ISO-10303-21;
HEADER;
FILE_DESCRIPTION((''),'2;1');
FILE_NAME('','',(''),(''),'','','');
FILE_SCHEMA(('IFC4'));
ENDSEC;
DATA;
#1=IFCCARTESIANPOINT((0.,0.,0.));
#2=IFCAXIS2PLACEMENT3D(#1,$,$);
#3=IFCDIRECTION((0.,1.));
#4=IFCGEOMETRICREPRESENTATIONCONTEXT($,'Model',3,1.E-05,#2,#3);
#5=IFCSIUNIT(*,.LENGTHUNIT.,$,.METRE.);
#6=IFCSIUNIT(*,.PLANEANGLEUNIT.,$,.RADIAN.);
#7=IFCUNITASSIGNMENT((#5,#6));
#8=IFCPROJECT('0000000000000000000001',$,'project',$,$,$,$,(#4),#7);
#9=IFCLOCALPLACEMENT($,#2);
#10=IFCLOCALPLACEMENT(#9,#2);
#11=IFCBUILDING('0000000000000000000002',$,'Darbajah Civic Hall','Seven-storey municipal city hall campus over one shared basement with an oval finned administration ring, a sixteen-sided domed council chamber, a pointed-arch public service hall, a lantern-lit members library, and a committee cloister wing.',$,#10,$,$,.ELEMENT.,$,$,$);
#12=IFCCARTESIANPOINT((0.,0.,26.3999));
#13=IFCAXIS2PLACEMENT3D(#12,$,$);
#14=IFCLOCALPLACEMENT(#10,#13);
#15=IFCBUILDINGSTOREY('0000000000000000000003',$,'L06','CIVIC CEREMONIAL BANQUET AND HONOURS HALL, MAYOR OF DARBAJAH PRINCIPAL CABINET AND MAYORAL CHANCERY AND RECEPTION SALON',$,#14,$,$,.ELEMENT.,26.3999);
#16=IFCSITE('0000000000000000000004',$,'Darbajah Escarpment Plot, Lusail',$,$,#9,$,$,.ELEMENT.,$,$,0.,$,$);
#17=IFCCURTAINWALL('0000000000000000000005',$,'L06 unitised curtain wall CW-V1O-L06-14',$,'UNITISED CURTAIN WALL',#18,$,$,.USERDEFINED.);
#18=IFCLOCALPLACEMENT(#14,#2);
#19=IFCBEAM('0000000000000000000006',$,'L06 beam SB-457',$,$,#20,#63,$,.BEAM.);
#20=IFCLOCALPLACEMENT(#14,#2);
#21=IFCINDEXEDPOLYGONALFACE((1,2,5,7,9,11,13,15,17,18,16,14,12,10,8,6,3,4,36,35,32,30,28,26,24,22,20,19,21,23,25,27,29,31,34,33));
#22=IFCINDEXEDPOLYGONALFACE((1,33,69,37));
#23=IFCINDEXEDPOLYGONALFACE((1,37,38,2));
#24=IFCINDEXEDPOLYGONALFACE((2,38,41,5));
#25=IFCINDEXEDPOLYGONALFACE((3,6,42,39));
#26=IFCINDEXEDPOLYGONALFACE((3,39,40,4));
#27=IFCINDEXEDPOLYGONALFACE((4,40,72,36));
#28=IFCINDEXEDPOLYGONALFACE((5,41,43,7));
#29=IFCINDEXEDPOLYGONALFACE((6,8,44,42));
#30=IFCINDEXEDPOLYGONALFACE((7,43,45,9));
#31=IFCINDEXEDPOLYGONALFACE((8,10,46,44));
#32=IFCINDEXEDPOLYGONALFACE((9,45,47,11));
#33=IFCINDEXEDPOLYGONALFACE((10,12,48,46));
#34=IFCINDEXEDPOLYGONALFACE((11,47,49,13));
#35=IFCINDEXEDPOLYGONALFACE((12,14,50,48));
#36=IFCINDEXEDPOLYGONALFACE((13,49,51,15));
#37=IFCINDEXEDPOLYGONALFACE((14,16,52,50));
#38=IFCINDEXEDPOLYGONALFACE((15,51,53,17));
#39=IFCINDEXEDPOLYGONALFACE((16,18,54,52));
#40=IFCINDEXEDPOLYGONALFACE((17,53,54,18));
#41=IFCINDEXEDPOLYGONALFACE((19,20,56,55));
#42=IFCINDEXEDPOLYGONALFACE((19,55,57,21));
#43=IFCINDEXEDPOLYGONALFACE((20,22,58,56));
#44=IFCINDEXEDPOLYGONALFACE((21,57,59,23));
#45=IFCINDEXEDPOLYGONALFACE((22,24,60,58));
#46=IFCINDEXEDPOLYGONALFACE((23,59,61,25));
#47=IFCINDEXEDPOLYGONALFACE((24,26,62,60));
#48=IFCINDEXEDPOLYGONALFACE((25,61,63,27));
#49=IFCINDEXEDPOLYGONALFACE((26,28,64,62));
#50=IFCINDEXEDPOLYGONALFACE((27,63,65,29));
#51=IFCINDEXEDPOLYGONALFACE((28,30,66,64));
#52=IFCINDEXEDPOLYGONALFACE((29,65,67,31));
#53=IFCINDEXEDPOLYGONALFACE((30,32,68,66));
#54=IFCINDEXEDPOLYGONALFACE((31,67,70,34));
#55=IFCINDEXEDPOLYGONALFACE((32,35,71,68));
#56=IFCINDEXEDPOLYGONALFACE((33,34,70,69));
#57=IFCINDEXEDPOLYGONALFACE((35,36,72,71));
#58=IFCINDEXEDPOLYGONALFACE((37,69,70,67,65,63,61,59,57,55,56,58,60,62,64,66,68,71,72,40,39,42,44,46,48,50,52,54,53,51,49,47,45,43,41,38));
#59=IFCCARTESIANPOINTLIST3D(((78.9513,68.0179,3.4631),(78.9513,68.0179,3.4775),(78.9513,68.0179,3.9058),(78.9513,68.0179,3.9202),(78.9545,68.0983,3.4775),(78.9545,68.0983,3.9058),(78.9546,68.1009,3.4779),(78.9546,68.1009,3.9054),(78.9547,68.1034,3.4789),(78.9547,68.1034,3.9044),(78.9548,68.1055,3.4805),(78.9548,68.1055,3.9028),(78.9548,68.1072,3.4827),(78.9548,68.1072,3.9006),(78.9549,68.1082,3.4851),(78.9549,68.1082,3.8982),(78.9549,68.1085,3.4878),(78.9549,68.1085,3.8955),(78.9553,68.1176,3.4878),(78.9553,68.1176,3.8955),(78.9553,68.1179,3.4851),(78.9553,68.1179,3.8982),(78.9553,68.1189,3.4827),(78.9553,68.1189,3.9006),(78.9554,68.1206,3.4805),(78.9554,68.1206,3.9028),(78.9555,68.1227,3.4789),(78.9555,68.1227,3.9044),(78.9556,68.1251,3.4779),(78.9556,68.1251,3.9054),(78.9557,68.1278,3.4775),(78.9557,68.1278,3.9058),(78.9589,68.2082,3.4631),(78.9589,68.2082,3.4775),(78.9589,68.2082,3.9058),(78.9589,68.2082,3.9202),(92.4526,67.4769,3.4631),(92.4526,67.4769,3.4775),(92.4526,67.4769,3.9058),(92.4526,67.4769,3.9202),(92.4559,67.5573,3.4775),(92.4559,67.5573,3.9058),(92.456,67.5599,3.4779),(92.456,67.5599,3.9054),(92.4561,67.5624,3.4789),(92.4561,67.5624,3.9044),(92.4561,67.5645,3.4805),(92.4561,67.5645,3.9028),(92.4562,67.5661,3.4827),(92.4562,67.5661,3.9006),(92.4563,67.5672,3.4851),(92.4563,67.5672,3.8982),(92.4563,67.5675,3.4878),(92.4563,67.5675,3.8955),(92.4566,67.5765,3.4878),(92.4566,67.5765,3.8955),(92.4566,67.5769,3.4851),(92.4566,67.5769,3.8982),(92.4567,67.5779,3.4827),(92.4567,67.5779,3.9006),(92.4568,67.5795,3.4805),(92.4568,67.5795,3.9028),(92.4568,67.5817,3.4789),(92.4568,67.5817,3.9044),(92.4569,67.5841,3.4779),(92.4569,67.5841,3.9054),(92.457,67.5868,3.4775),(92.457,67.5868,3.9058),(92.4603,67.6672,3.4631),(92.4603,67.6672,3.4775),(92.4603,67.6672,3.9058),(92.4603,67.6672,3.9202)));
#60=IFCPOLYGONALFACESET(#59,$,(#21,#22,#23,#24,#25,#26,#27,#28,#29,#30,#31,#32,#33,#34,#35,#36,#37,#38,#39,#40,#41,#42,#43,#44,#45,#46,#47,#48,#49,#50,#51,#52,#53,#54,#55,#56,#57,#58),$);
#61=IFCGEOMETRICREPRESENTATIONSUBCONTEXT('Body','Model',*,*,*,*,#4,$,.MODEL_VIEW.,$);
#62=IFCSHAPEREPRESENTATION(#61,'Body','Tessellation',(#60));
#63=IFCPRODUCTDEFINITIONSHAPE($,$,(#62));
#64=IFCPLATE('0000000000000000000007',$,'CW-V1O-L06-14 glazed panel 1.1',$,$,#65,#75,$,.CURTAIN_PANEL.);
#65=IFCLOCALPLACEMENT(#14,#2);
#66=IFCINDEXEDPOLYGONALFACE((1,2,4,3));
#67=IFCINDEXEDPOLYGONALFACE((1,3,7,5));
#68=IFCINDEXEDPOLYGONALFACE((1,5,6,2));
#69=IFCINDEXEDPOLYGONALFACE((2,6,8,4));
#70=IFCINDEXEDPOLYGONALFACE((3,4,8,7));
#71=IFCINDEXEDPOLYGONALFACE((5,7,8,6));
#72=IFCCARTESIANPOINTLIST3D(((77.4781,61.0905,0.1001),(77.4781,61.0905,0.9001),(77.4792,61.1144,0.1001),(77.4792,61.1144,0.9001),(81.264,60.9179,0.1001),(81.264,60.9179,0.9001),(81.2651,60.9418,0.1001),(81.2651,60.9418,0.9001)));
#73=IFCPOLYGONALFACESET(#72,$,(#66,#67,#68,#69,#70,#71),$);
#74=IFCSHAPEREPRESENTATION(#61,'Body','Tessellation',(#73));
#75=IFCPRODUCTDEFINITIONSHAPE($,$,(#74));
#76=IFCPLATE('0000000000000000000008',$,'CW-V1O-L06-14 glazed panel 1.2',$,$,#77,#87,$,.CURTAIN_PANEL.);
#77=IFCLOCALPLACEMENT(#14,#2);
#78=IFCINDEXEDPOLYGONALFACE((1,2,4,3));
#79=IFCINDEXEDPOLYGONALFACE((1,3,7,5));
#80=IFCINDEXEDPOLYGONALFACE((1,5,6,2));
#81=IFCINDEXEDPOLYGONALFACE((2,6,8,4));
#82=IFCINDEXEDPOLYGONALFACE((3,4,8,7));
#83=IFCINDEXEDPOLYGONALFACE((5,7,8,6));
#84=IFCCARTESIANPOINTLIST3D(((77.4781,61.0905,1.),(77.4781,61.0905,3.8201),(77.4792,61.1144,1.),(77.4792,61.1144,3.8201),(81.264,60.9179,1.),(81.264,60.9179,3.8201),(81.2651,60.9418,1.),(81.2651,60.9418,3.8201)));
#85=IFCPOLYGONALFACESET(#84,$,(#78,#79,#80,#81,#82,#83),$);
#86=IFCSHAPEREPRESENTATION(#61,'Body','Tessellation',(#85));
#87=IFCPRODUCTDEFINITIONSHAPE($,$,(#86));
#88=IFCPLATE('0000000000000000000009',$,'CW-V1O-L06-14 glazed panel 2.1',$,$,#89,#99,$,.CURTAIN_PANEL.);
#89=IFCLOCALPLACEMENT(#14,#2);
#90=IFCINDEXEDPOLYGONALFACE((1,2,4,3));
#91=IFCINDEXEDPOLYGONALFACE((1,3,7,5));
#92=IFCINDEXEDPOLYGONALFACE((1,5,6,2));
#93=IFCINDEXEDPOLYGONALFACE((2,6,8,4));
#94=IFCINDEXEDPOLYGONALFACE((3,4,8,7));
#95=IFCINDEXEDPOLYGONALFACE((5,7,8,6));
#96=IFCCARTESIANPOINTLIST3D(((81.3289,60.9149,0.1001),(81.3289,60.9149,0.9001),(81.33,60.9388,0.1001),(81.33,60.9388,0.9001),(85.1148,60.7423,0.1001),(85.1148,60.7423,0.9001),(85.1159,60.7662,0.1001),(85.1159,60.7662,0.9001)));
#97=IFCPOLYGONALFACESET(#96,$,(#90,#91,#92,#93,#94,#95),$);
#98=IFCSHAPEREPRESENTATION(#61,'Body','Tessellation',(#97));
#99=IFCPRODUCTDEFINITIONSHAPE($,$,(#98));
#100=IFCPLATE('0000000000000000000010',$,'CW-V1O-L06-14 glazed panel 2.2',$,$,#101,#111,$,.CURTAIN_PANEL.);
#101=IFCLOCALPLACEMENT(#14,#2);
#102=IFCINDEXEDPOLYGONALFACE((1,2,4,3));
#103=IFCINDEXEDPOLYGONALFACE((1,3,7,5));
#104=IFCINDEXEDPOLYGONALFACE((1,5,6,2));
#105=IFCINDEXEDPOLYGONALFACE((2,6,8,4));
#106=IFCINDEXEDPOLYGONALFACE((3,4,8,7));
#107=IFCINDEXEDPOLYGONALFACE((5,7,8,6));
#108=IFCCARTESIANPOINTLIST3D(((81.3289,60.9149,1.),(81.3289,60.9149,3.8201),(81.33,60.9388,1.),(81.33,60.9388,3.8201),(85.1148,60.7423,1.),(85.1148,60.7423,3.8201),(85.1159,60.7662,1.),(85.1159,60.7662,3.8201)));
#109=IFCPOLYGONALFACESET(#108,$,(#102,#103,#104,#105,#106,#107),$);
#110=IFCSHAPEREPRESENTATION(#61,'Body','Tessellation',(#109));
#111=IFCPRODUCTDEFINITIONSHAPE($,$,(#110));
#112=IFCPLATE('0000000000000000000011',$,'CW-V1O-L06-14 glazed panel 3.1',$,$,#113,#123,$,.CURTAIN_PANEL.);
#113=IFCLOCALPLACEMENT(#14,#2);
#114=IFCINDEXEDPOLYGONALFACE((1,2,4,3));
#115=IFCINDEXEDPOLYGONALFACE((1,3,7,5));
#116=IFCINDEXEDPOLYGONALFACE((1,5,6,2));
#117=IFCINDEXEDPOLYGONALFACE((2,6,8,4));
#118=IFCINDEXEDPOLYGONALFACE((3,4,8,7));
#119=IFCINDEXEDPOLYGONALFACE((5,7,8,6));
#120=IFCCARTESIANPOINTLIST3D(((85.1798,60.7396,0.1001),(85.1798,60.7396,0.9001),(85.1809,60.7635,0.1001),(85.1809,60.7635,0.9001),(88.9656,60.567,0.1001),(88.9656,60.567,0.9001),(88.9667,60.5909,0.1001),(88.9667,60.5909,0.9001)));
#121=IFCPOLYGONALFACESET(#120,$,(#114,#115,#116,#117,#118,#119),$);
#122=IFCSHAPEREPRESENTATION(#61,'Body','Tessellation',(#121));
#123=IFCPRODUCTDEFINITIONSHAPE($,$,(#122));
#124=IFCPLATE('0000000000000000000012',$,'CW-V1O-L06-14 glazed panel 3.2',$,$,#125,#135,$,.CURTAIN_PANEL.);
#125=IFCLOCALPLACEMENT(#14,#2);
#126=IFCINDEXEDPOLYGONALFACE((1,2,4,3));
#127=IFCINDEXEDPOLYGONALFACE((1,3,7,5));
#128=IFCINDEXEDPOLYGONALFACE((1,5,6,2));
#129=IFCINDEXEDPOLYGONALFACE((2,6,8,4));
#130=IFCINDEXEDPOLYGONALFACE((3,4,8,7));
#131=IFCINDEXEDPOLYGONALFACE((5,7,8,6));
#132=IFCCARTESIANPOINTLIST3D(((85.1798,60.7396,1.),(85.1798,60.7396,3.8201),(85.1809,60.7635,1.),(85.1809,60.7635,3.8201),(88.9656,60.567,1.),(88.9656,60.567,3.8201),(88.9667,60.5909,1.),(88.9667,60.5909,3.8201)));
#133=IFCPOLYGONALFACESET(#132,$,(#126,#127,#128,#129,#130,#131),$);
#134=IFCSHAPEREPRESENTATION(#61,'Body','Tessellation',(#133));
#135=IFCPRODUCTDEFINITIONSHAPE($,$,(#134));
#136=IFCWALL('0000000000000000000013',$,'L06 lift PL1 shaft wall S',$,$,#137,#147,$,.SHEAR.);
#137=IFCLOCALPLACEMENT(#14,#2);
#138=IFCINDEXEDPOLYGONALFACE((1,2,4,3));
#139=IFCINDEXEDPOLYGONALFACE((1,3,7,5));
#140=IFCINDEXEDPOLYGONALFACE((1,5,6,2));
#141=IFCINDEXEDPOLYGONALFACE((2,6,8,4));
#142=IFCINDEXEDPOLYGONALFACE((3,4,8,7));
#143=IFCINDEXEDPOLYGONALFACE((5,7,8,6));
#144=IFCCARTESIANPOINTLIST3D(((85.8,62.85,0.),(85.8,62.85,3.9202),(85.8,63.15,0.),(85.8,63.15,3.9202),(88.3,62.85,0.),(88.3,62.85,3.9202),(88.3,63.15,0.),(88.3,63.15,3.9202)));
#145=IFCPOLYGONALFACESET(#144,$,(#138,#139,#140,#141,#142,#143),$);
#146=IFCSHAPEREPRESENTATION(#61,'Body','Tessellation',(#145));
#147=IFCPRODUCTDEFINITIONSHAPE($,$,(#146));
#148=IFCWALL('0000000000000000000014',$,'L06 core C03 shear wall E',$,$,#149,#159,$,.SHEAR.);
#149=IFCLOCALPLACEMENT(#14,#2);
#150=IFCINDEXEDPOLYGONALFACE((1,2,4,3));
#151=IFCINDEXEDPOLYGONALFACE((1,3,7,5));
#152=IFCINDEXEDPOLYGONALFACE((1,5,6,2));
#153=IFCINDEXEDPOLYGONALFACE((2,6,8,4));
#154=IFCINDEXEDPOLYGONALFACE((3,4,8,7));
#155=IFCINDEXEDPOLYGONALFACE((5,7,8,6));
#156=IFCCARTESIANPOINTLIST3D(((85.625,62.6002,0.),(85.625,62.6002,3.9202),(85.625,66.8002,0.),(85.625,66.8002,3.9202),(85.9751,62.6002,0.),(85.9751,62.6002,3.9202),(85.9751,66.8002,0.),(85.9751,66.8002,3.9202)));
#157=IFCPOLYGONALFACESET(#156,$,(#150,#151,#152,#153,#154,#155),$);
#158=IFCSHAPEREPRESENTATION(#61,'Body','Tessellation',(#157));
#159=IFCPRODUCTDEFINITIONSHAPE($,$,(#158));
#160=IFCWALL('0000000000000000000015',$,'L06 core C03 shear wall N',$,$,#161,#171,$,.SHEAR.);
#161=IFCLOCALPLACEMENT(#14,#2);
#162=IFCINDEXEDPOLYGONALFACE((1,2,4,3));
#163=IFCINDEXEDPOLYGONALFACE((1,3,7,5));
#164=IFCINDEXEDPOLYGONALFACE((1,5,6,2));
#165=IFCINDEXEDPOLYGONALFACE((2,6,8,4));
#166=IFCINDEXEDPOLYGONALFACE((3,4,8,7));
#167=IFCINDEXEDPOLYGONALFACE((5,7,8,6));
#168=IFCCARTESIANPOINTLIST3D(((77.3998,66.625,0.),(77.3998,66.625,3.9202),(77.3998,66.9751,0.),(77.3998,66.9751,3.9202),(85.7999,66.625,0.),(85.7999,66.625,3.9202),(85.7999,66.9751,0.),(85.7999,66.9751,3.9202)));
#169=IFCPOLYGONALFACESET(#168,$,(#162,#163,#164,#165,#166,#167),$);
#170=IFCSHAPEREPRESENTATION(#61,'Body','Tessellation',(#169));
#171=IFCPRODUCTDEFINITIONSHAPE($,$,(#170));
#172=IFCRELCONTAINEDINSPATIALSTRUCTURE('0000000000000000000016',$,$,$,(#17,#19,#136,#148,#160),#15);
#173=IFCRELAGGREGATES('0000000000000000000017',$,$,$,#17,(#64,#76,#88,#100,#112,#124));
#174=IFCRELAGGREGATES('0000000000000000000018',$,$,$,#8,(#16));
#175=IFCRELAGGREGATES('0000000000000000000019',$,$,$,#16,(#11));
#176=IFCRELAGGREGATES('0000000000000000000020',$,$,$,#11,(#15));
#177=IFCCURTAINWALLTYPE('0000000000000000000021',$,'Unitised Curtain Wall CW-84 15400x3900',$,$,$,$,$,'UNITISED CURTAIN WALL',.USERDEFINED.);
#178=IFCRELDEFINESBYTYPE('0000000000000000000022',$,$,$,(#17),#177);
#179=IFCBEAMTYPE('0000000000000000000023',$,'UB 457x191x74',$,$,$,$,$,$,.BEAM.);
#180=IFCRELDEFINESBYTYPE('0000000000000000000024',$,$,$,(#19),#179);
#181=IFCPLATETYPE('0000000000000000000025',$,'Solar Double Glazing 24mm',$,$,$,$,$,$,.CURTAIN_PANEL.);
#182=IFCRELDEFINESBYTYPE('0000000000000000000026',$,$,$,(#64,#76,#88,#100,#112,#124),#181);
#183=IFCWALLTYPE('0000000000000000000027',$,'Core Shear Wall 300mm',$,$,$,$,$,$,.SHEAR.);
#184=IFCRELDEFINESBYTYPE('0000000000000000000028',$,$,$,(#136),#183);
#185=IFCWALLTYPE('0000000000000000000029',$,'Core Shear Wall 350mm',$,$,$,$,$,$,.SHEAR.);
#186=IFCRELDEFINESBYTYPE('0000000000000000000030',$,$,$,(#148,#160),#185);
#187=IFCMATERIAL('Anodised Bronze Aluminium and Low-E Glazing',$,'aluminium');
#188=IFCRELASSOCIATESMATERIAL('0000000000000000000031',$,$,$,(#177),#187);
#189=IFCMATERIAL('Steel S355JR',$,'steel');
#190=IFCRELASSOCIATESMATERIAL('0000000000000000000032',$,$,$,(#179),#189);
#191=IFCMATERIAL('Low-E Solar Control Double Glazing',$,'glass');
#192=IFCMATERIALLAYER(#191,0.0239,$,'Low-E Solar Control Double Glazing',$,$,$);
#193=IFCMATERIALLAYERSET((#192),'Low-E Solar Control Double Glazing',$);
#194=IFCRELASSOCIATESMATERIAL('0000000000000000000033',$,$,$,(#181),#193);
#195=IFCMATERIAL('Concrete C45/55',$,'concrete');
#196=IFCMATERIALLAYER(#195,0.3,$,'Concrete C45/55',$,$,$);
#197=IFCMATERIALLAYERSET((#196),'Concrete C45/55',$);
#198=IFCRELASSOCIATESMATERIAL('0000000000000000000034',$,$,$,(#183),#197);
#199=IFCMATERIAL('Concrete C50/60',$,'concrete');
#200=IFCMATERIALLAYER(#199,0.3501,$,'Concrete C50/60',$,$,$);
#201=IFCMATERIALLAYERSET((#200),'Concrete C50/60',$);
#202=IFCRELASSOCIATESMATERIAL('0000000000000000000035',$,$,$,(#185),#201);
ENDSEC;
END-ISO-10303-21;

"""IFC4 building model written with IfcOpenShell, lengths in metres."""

from ifc_helpers import new_model, si_unit, direction, frame, frame_2d, origin, origin_2d, place, context, subcontext, project, spatial, rectangle, i_section, extrude, material, layer, layer_set, material_profile, profile_set, type_object, element, aggregate, save


model = new_model("IFC4")

# Units and contexts
model_context = context("Model", 3, precision=1e-05, world=origin(), true_north=direction((0.0, 1.0)))
body_context = subcontext(model_context, "Body", "Model", "MODEL_VIEW")
ifc_project = project(units=[si_unit("LENGTHUNIT", "METRE"), si_unit("PLANEANGLEUNIT", "RADIAN")], contexts=[model_context])

# Site, building, storey
site_placement = place(None, origin())
site = spatial("IfcSite", under=ifc_project, at=site_placement, Name="Darbajah Escarpment Plot, Lusail", CompositionType="ELEMENT", RefElevation=0.0)
building_placement = place(site_placement, origin())
building = spatial("IfcBuilding", under=site, at=building_placement, Name="Darbajah Civic Hall", Description="Seven-storey municipal city hall campus over one shared basement with an oval finned administration ring, a sixteen-sided domed council chamber, a pointed-arch public service hall, a lantern-lit members library, and a committee cloister wing.", CompositionType="ELEMENT")
storey_placement = place(building_placement, frame((0.0, 0.0, 26.3999)))
storey = spatial("IfcBuildingStorey", under=building, at=storey_placement, Name="L06", Description="CIVIC CEREMONIAL BANQUET AND HONOURS HALL, MAYOR OF DARBAJAH PRINCIPAL CABINET AND MAYORAL CHANCERY AND RECEPTION SALON", CompositionType="ELEMENT", Elevation=26.3999)

# Curtain wall
ifc_material_1 = material(Name="Anodised Bronze Aluminium and Low-E Glazing", Category="aluminium")
curtain_wall_type = type_object("IfcCurtainWallType", Name="Unitised Curtain Wall CW-84 15400x3900", ElementType="UNITISED CURTAIN WALL", PredefinedType="USERDEFINED", material=ifc_material_1)
curtain_wall_placement = place(storey_placement, origin())
curtain_wall = element("IfcCurtainWall", 1, at=curtain_wall_placement, inside=storey, type_object=curtain_wall_type, Name="L06 unitised curtain wall CW-V1O-L06-14", ObjectType="UNITISED CURTAIN WALL", PredefinedType="USERDEFINED")

# Beam
ifc_material_2 = material(Name="Steel S355JR", Category="steel")
ifc_material_profile_1 = material_profile(ifc_material_2, i_section(OverallWidth=0.1904, OverallDepth=0.457, WebThickness=0.009, FlangeThickness=0.0144, FilletRadius=0.0103, at=origin_2d()), Name="UB 457x191x74")
ifc_profile_set_1 = profile_set([ifc_material_profile_1], Name="Steel S355JR")
beam_type_1 = type_object("IfcBeamType", Name="UB 457x191x74", PredefinedType="BEAM", material=ifc_profile_set_1)
beam_1_placement = place(storey_placement, frame((78.9551, 68.113, 3.6917), z_axis=(0.999198, -0.040039, 0.0), x_axis=(0.040039, 0.999198, 0.0)))
element("IfcBeam", 2, at=beam_1_placement, inside=storey, type_object=beam_type_1, Name="L06 beam SB-457", PredefinedType="BEAM", context=body_context, shape_type="SweptSolid", body=[
    extrude(i_section(OverallWidth=0.1904, OverallDepth=0.457, WebThickness=0.009, FlangeThickness=0.0144, FilletRadius=0.0103, at=origin_2d()), origin(), (0.0, 0.0, 1.0), 13.5122),
])

# Plates
ifc_material_3 = material(Name="Low-E Solar Control Double Glazing", Category="glass")
ifc_layer_1 = layer(ifc_material_3, 0.0239, Name="Low-E Solar Control Double Glazing")
ifc_layer_set_1 = layer_set([ifc_layer_1], Name="Low-E Solar Control Double Glazing")
plate_type = type_object("IfcPlateType", Name="Solar Double Glazing 24mm", PredefinedType="CURTAIN_PANEL", material=ifc_layer_set_1)
plate_1_placement = place(storey_placement, frame((79.3716, 61.0161, 0.1001), z_axis=(0.0, 0.0, 1.0), x_axis=(0.998963, -0.045537, 0.0)))
plate_1 = element("IfcPlate", 3, at=plate_1_placement, type_object=plate_type, Name="CW-V1O-L06-14 glazed panel 1.1", PredefinedType="CURTAIN_PANEL", context=body_context, shape_type="SweptSolid", body=[
    extrude(rectangle(XDim=3.7898, YDim=0.0239, at=origin_2d()), origin(), (0.0, 0.0, 1.0), 0.8),
])
plate_2_placement = place(storey_placement, frame((79.3716, 61.0161, 1.0), z_axis=(0.0, 0.0, 1.0), x_axis=(0.998963, -0.045537, 0.0)))
plate_2 = element("IfcPlate", 4, at=plate_2_placement, type_object=plate_type, Name="CW-V1O-L06-14 glazed panel 1.2", PredefinedType="CURTAIN_PANEL", context=body_context, shape_type="SweptSolid", body=[
    extrude(rectangle(XDim=3.7898, YDim=0.0239, at=origin_2d()), origin(), (0.0, 0.0, 1.0), 2.8201),
])
plate_3_placement = place(storey_placement, frame((83.2224, 60.8406, 0.1001), z_axis=(0.0, 0.0, 1.0), x_axis=(0.998963, -0.045537, 0.0)))
plate_3 = element("IfcPlate", 5, at=plate_3_placement, type_object=plate_type, Name="CW-V1O-L06-14 glazed panel 2.1", PredefinedType="CURTAIN_PANEL", context=body_context, shape_type="SweptSolid", body=[
    extrude(rectangle(XDim=3.7898, YDim=0.0239, at=origin_2d()), origin(), (0.0, 0.0, 1.0), 0.8),
])
plate_4_placement = place(storey_placement, frame((83.2224, 60.8406, 1.0), z_axis=(0.0, 0.0, 1.0), x_axis=(0.998963, -0.045537, 0.0)))
plate_4 = element("IfcPlate", 6, at=plate_4_placement, type_object=plate_type, Name="CW-V1O-L06-14 glazed panel 2.2", PredefinedType="CURTAIN_PANEL", context=body_context, shape_type="SweptSolid", body=[
    extrude(rectangle(XDim=3.7898, YDim=0.0239, at=origin_2d()), origin(), (0.0, 0.0, 1.0), 2.8201),
])
plate_5_placement = place(storey_placement, frame((87.0732, 60.6653, 0.1001), z_axis=(0.0, 0.0, 1.0), x_axis=(0.998963, -0.045537, 0.0)))
plate_5 = element("IfcPlate", 7, at=plate_5_placement, type_object=plate_type, Name="CW-V1O-L06-14 glazed panel 3.1", PredefinedType="CURTAIN_PANEL", context=body_context, shape_type="SweptSolid", body=[
    extrude(rectangle(XDim=3.7898, YDim=0.0239, at=origin_2d()), origin(), (0.0, 0.0, 1.0), 0.8),
])
plate_6_placement = place(storey_placement, frame((87.0732, 60.6653, 1.0), z_axis=(0.0, 0.0, 1.0), x_axis=(0.998963, -0.045537, 0.0)))
plate_6 = element("IfcPlate", 8, at=plate_6_placement, type_object=plate_type, Name="CW-V1O-L06-14 glazed panel 3.2", PredefinedType="CURTAIN_PANEL", context=body_context, shape_type="SweptSolid", body=[
    extrude(rectangle(XDim=3.7898, YDim=0.0239, at=origin_2d()), origin(), (0.0, 0.0, 1.0), 2.8201),
])
aggregate(curtain_wall, [plate_1, plate_2, plate_3, plate_4, plate_5, plate_6])

# Walls
ifc_material_4 = material(Name="Concrete C45/55", Category="concrete")
ifc_layer_2 = layer(ifc_material_4, 0.3, Name="Concrete C45/55")
ifc_layer_set_2 = layer_set([ifc_layer_2], Name="Concrete C45/55")
wall_type_1 = type_object("IfcWallType", Name="Core Shear Wall 300mm", PredefinedType="SHEAR", material=ifc_layer_set_2)
wall_1_placement = place(storey_placement, frame((85.8, 63.0, 0.0), z_axis=(0.0, 0.0, 1.0), x_axis=(1.0, 0.0, 0.0)))
element("IfcWall", 9, at=wall_1_placement, inside=storey, type_object=wall_type_1, Name="L06 lift PL1 shaft wall S", PredefinedType="SHEAR", context=body_context, shape_type="SweptSolid", body=[
    extrude(rectangle(XDim=2.5, YDim=0.3, at=frame_2d((1.25, 0.0))), origin(), (0.0, 0.0, 1.0), 3.9202),
])
ifc_material_5 = material(Name="Concrete C50/60", Category="concrete")
ifc_layer_3 = layer(ifc_material_5, 0.3501, Name="Concrete C50/60")
ifc_layer_set_3 = layer_set([ifc_layer_3], Name="Concrete C50/60")
wall_type_2 = type_object("IfcWallType", Name="Core Shear Wall 350mm", PredefinedType="SHEAR", material=ifc_layer_set_3)
wall_2_placement = place(storey_placement, frame((85.8, 62.6001, 0.0), z_axis=(0.0, 0.0, 1.0), x_axis=(0.0, 1.0, 0.0)))
element("IfcWall", 10, at=wall_2_placement, inside=storey, type_object=wall_type_2, Name="L06 core C03 shear wall E", PredefinedType="SHEAR", context=body_context, shape_type="SweptSolid", body=[
    extrude(rectangle(XDim=4.2, YDim=0.3501, at=frame_2d((2.1001, 0.0))), origin(), (0.0, 0.0, 1.0), 3.9202),
])
wall_3_placement = place(storey_placement, frame((85.8, 66.8, 0.0), z_axis=(0.0, 0.0, 1.0), x_axis=(-1.0, 0.0, 0.0)))
element("IfcWall", 11, at=wall_3_placement, inside=storey, type_object=wall_type_2, Name="L06 core C03 shear wall N", PredefinedType="SHEAR", context=body_context, shape_type="SweptSolid", body=[
    extrude(rectangle(XDim=8.4001, YDim=0.3501, at=frame_2d((4.2002, 0.0))), origin(), (0.0, 0.0, 1.0), 3.9202),
])

save(model, "model.ifc")
